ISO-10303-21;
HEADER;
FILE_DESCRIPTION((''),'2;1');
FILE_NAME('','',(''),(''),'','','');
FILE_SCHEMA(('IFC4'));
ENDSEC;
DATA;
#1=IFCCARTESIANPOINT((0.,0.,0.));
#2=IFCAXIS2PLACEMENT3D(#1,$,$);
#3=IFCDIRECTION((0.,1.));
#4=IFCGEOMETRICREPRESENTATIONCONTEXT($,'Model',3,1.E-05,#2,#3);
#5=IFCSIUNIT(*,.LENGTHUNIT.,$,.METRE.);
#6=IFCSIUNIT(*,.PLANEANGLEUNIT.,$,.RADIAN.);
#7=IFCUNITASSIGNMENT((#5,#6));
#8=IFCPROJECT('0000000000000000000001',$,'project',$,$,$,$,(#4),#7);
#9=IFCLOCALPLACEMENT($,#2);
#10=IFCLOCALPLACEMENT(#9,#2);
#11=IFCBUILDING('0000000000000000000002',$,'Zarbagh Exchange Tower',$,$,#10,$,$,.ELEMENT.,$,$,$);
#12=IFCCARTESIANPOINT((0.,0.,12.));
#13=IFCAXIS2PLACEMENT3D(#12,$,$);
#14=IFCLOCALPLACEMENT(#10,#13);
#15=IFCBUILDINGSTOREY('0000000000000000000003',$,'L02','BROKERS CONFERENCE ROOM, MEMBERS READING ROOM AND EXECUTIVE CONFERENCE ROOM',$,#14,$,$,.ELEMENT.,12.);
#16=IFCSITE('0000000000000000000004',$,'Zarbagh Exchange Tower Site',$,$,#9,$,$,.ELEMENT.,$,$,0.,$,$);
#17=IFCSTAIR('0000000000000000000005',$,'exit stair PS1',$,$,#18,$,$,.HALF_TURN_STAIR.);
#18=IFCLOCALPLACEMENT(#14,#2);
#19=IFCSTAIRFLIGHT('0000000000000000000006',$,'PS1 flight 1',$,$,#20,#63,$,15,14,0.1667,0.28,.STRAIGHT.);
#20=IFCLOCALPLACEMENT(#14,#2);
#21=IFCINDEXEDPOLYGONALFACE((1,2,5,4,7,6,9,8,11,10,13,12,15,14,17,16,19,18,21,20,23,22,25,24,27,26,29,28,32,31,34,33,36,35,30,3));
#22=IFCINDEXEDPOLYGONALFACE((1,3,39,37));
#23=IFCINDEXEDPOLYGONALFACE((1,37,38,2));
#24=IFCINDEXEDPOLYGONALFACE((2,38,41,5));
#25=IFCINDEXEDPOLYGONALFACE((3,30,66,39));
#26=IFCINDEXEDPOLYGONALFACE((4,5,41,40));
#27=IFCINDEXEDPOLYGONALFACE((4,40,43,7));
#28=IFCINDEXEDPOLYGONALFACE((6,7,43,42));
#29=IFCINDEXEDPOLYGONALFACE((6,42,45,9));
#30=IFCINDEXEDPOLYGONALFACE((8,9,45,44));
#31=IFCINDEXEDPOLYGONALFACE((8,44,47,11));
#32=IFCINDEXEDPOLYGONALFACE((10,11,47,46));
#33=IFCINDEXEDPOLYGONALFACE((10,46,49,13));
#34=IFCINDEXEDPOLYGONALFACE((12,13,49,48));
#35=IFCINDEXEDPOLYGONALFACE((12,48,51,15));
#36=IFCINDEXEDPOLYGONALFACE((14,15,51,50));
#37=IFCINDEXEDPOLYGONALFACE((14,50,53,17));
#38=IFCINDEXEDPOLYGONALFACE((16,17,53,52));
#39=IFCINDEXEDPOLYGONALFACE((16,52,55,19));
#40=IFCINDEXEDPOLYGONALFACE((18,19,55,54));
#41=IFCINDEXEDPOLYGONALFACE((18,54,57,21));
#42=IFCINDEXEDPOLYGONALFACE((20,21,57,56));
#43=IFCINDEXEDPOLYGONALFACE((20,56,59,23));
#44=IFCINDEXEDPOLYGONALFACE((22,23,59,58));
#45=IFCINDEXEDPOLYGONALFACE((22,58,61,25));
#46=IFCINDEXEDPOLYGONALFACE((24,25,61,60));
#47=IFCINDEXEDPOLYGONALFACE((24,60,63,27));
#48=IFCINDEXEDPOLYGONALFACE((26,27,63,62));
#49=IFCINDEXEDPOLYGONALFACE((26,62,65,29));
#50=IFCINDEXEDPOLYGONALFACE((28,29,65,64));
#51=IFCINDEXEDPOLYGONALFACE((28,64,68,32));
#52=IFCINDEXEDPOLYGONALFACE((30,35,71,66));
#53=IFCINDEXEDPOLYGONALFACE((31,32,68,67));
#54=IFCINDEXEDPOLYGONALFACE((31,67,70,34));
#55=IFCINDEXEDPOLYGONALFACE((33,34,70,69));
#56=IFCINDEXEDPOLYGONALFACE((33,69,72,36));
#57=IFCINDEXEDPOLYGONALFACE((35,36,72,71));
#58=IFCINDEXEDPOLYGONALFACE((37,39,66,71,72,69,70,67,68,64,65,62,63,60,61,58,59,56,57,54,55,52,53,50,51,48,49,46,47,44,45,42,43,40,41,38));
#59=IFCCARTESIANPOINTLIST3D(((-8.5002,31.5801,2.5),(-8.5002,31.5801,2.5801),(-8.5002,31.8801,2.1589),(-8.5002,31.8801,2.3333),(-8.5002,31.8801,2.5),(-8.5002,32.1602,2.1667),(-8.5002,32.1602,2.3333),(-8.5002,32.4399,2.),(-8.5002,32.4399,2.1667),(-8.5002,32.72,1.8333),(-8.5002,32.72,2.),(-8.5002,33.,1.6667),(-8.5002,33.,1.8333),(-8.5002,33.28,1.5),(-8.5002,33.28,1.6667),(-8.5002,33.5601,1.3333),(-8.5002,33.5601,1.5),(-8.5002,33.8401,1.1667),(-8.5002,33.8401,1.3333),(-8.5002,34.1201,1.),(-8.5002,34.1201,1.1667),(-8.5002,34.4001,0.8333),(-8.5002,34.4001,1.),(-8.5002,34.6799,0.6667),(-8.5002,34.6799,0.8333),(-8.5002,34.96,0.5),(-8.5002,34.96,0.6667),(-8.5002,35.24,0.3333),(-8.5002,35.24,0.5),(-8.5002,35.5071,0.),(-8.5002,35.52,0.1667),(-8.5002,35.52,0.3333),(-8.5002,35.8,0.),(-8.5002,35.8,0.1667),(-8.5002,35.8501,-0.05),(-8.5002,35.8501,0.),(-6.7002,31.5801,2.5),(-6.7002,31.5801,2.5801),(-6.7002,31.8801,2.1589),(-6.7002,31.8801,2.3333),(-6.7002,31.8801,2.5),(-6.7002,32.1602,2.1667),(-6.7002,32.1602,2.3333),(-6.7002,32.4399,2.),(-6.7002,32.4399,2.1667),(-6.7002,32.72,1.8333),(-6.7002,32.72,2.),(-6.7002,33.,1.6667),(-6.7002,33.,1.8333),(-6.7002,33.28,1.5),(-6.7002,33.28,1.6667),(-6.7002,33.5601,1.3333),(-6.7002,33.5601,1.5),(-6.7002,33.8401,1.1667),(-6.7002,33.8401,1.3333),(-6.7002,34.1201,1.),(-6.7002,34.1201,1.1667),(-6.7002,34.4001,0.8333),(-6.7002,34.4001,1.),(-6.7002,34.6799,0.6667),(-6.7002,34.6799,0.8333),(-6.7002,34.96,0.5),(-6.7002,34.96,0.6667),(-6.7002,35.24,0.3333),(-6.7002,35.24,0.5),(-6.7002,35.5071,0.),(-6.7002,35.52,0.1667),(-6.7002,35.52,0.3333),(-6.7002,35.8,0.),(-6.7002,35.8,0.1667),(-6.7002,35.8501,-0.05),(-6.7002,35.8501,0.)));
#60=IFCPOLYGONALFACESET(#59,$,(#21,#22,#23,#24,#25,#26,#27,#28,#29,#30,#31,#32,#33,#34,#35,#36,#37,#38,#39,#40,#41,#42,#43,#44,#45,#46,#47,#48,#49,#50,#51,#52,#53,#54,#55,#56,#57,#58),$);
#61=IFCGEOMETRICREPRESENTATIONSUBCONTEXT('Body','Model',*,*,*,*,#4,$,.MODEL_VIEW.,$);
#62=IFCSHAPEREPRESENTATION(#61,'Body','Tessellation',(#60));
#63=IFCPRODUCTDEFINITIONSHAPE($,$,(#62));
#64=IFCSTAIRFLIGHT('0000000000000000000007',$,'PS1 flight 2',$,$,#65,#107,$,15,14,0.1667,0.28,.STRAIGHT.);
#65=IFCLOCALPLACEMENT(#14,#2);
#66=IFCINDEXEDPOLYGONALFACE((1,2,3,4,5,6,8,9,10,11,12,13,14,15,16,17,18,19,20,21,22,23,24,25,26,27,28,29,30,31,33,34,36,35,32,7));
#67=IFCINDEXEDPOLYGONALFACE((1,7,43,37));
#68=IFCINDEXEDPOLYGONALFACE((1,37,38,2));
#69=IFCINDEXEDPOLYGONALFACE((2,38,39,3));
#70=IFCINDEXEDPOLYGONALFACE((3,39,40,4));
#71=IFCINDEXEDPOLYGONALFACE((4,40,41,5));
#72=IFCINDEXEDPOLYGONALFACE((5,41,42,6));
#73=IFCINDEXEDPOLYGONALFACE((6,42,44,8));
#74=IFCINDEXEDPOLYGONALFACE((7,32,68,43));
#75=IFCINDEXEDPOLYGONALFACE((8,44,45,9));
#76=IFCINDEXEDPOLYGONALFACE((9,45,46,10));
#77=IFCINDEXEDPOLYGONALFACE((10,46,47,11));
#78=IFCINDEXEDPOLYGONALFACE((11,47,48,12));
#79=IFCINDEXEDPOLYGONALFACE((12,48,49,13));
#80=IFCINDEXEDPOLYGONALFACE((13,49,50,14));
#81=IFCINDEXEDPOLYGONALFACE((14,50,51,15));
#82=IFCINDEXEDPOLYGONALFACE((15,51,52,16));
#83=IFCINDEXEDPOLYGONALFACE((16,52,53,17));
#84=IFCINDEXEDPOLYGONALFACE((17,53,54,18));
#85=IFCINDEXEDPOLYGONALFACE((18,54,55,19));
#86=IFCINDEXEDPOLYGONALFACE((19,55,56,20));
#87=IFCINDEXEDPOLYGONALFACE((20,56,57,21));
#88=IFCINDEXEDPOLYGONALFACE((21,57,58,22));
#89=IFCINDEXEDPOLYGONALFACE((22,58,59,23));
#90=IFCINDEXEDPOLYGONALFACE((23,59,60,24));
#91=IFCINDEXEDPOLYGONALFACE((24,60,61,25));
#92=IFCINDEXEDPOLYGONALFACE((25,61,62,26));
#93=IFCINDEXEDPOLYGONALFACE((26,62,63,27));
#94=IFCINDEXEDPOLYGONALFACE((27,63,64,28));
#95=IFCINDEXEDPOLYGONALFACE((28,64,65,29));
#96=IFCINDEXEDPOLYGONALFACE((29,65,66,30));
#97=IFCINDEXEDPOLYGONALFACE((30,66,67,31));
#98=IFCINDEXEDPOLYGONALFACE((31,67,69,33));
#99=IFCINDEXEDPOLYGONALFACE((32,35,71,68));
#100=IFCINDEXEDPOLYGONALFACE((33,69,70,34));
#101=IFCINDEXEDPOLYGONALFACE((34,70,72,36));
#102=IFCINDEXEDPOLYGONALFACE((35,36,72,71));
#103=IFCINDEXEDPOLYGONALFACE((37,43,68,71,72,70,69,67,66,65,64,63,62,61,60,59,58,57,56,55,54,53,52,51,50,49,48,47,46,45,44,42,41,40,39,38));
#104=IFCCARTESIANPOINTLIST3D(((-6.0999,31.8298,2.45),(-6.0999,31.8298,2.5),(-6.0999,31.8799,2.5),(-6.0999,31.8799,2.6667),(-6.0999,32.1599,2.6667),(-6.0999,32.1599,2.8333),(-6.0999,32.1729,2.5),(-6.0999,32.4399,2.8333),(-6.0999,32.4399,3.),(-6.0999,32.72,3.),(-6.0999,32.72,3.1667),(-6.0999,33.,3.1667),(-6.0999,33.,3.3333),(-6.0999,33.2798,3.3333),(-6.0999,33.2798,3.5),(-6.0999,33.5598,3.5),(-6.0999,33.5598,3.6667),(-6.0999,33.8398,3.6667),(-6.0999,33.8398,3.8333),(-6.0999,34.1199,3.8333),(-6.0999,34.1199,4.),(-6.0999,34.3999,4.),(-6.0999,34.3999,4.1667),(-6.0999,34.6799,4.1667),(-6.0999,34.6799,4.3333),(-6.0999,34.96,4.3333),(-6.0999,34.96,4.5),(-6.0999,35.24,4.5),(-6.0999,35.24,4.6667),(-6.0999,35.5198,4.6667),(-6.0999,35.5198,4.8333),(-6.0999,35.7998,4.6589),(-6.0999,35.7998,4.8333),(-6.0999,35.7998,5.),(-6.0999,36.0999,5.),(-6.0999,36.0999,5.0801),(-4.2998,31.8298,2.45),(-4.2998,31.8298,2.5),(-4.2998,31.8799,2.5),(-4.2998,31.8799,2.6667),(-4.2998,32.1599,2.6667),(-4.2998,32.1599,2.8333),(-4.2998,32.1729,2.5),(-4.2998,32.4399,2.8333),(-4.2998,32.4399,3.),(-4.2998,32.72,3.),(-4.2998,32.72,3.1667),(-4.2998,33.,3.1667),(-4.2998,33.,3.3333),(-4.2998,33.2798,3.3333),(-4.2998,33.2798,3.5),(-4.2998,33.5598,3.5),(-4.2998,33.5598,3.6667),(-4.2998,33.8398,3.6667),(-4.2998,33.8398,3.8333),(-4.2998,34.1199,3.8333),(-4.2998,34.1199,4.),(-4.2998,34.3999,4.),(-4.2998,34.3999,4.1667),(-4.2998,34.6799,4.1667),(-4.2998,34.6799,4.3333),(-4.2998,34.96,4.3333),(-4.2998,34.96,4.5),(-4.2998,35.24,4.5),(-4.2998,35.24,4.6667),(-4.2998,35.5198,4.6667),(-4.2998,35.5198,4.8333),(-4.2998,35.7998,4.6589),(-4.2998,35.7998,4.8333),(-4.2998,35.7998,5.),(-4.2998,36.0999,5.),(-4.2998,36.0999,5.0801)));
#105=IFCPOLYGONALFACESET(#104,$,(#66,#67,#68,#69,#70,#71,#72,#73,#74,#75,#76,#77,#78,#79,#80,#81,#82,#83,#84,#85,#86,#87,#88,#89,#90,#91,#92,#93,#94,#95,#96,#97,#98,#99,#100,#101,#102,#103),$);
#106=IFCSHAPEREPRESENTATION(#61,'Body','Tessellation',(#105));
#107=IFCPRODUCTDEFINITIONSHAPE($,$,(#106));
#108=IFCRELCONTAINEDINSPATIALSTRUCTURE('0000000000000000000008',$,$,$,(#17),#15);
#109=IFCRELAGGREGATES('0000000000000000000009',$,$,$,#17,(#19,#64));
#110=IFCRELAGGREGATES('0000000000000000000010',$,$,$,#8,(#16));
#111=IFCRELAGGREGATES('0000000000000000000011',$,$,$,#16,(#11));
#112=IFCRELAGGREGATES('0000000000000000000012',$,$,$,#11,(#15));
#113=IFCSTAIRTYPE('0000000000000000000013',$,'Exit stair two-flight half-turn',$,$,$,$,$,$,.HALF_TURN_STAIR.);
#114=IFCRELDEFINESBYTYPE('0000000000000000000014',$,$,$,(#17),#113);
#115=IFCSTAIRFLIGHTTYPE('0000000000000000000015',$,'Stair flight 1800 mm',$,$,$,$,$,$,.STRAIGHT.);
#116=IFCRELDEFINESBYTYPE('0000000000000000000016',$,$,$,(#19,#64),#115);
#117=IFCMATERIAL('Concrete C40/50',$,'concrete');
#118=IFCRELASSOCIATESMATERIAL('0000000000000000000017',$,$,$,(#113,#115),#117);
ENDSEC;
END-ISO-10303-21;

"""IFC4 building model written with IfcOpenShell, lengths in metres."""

from ifc_helpers import new_model, si_unit, direction, frame, origin, place, context, subcontext, project, spatial, polyline, outline, extrude, material, type_object, element, aggregate, save


model = new_model("IFC4")

# Units and contexts
model_context = context("Model", 3, precision=1e-05, world=origin(), true_north=direction((0.0, 1.0)))
body_context = subcontext(model_context, "Body", "Model", "MODEL_VIEW")
ifc_project = project(units=[si_unit("LENGTHUNIT", "METRE"), si_unit("PLANEANGLEUNIT", "RADIAN")], contexts=[model_context])

# Site, building, storey
site_placement = place(None, origin())
site = spatial("IfcSite", under=ifc_project, at=site_placement, Name="Zarbagh Exchange Tower Site", CompositionType="ELEMENT", RefElevation=0.0)
building_placement = place(site_placement, origin())
building = spatial("IfcBuilding", under=site, at=building_placement, Name="Zarbagh Exchange Tower", CompositionType="ELEMENT")
storey_placement = place(building_placement, frame((0.0, 0.0, 12.0)))
storey = spatial("IfcBuildingStorey", under=building, at=storey_placement, Name="L02", Description="BROKERS CONFERENCE ROOM, MEMBERS READING ROOM AND EXECUTIVE CONFERENCE ROOM", CompositionType="ELEMENT", Elevation=12.0)

# Shared definitions
ifc_material_1 = material(Name="Concrete C40/50", Category="concrete")

# Stair, stair flights
stair_type = type_object("IfcStairType", Name="Exit stair two-flight half-turn", PredefinedType="HALF_TURN_STAIR", material=ifc_material_1)
stair_placement = place(storey_placement, origin())
stair = element("IfcStair", 1, at=stair_placement, inside=storey, type_object=stair_type, Name="exit stair PS1", PredefinedType="HALF_TURN_STAIR")
stair_flight_type = type_object("IfcStairFlightType", Name="Stair flight 1800 mm", PredefinedType="STRAIGHT", material=ifc_material_1)
stair_flight_1_placement = place(storey_placement, frame((-7.6001, 35.8, 0.0), z_axis=(0.0, 0.0, 1.0), x_axis=(0.0, -1.0, 0.0)))
stair_flight_1 = element("IfcStairFlight", 2, at=stair_flight_1_placement, type_object=stair_flight_type, Name="PS1 flight 1", NumberOfRisers=15, NumberOfTreads=14, PredefinedType="STRAIGHT", RiserHeight=0.1667, TreadLength=0.28, context=body_context, shape_type="SweptSolid", body=[
    extrude(outline(polyline([(-0.05, -0.05), (-0.05, 0.0), (0.0, 0.0), (0.0, 0.1667), (0.28, 0.1667), (0.28, 0.3333), (0.5601, 0.3333), (0.5601, 0.5), (0.8401, 0.5), (0.8401, 0.6667), (1.1201, 0.6667), (1.1201, 0.8333), (1.3999, 0.8333), (1.3999, 1.0), (1.6799, 1.0), (1.6799, 1.1667), (1.96, 1.1667), (1.96, 1.3333), (2.24, 1.3333), (2.24, 1.5), (2.52, 1.5), (2.52, 1.6667), (2.8, 1.6667), (2.8, 1.8333), (3.0801, 1.8333), (3.0801, 2.0), (3.3601, 2.0), (3.3601, 2.1667), (3.6399, 2.1667), (3.6399, 2.3333), (3.9199, 2.3333), (3.9199, 2.5), (4.22, 2.5801), (4.22, 2.5), (3.9199, 2.1589), (0.293, 0.0), (-0.05, -0.05)])), frame((0.0, 0.8999, 0.0), z_axis=(0.0, -1.0, 0.0), x_axis=(1.0, 0.0, 0.0)), (0.0, 0.0, 1.0), 1.8),
])
stair_flight_2_placement = place(storey_placement, frame((-5.2, 31.8799, 2.5), z_axis=(0.0, 0.0, 1.0), x_axis=(0.0, 1.0, 0.0)))
stair_flight_2 = element("IfcStairFlight", 3, at=stair_flight_2_placement, type_object=stair_flight_type, Name="PS1 flight 2", NumberOfRisers=15, NumberOfTreads=14, PredefinedType="STRAIGHT", RiserHeight=0.1667, TreadLength=0.28, context=body_context, shape_type="SweptSolid", body=[
    extrude(outline(polyline([(-0.05, -0.05), (-0.05, 0.0), (0.0, 0.0), (0.0, 0.1667), (0.28, 0.1667), (0.28, 0.3333), (0.5601, 0.3333), (0.5601, 0.5), (0.8401, 0.5), (0.8401, 0.6667), (1.1201, 0.6667), (1.1201, 0.8333), (1.3999, 0.8333), (1.3999, 1.0), (1.6799, 1.0), (1.6799, 1.1667), (1.96, 1.1667), (1.96, 1.3333), (2.24, 1.3333), (2.24, 1.5), (2.52, 1.5), (2.52, 1.6667), (2.8, 1.6667), (2.8, 1.8333), (3.0801, 1.8333), (3.0801, 2.0), (3.3601, 2.0), (3.3601, 2.1667), (3.6399, 2.1667), (3.6399, 2.3333), (3.9199, 2.3333), (3.9199, 2.5), (4.22, 2.5801), (4.22, 2.5), (3.9199, 2.1589), (0.293, 0.0), (-0.05, -0.05)])), frame((0.0, 0.8999, 0.0), z_axis=(0.0, -1.0, 0.0), x_axis=(1.0, 0.0, 0.0)), (0.0, 0.0, 1.0), 1.8),
])
aggregate(stair, [stair_flight_1, stair_flight_2])

save(model, "model.ifc")
